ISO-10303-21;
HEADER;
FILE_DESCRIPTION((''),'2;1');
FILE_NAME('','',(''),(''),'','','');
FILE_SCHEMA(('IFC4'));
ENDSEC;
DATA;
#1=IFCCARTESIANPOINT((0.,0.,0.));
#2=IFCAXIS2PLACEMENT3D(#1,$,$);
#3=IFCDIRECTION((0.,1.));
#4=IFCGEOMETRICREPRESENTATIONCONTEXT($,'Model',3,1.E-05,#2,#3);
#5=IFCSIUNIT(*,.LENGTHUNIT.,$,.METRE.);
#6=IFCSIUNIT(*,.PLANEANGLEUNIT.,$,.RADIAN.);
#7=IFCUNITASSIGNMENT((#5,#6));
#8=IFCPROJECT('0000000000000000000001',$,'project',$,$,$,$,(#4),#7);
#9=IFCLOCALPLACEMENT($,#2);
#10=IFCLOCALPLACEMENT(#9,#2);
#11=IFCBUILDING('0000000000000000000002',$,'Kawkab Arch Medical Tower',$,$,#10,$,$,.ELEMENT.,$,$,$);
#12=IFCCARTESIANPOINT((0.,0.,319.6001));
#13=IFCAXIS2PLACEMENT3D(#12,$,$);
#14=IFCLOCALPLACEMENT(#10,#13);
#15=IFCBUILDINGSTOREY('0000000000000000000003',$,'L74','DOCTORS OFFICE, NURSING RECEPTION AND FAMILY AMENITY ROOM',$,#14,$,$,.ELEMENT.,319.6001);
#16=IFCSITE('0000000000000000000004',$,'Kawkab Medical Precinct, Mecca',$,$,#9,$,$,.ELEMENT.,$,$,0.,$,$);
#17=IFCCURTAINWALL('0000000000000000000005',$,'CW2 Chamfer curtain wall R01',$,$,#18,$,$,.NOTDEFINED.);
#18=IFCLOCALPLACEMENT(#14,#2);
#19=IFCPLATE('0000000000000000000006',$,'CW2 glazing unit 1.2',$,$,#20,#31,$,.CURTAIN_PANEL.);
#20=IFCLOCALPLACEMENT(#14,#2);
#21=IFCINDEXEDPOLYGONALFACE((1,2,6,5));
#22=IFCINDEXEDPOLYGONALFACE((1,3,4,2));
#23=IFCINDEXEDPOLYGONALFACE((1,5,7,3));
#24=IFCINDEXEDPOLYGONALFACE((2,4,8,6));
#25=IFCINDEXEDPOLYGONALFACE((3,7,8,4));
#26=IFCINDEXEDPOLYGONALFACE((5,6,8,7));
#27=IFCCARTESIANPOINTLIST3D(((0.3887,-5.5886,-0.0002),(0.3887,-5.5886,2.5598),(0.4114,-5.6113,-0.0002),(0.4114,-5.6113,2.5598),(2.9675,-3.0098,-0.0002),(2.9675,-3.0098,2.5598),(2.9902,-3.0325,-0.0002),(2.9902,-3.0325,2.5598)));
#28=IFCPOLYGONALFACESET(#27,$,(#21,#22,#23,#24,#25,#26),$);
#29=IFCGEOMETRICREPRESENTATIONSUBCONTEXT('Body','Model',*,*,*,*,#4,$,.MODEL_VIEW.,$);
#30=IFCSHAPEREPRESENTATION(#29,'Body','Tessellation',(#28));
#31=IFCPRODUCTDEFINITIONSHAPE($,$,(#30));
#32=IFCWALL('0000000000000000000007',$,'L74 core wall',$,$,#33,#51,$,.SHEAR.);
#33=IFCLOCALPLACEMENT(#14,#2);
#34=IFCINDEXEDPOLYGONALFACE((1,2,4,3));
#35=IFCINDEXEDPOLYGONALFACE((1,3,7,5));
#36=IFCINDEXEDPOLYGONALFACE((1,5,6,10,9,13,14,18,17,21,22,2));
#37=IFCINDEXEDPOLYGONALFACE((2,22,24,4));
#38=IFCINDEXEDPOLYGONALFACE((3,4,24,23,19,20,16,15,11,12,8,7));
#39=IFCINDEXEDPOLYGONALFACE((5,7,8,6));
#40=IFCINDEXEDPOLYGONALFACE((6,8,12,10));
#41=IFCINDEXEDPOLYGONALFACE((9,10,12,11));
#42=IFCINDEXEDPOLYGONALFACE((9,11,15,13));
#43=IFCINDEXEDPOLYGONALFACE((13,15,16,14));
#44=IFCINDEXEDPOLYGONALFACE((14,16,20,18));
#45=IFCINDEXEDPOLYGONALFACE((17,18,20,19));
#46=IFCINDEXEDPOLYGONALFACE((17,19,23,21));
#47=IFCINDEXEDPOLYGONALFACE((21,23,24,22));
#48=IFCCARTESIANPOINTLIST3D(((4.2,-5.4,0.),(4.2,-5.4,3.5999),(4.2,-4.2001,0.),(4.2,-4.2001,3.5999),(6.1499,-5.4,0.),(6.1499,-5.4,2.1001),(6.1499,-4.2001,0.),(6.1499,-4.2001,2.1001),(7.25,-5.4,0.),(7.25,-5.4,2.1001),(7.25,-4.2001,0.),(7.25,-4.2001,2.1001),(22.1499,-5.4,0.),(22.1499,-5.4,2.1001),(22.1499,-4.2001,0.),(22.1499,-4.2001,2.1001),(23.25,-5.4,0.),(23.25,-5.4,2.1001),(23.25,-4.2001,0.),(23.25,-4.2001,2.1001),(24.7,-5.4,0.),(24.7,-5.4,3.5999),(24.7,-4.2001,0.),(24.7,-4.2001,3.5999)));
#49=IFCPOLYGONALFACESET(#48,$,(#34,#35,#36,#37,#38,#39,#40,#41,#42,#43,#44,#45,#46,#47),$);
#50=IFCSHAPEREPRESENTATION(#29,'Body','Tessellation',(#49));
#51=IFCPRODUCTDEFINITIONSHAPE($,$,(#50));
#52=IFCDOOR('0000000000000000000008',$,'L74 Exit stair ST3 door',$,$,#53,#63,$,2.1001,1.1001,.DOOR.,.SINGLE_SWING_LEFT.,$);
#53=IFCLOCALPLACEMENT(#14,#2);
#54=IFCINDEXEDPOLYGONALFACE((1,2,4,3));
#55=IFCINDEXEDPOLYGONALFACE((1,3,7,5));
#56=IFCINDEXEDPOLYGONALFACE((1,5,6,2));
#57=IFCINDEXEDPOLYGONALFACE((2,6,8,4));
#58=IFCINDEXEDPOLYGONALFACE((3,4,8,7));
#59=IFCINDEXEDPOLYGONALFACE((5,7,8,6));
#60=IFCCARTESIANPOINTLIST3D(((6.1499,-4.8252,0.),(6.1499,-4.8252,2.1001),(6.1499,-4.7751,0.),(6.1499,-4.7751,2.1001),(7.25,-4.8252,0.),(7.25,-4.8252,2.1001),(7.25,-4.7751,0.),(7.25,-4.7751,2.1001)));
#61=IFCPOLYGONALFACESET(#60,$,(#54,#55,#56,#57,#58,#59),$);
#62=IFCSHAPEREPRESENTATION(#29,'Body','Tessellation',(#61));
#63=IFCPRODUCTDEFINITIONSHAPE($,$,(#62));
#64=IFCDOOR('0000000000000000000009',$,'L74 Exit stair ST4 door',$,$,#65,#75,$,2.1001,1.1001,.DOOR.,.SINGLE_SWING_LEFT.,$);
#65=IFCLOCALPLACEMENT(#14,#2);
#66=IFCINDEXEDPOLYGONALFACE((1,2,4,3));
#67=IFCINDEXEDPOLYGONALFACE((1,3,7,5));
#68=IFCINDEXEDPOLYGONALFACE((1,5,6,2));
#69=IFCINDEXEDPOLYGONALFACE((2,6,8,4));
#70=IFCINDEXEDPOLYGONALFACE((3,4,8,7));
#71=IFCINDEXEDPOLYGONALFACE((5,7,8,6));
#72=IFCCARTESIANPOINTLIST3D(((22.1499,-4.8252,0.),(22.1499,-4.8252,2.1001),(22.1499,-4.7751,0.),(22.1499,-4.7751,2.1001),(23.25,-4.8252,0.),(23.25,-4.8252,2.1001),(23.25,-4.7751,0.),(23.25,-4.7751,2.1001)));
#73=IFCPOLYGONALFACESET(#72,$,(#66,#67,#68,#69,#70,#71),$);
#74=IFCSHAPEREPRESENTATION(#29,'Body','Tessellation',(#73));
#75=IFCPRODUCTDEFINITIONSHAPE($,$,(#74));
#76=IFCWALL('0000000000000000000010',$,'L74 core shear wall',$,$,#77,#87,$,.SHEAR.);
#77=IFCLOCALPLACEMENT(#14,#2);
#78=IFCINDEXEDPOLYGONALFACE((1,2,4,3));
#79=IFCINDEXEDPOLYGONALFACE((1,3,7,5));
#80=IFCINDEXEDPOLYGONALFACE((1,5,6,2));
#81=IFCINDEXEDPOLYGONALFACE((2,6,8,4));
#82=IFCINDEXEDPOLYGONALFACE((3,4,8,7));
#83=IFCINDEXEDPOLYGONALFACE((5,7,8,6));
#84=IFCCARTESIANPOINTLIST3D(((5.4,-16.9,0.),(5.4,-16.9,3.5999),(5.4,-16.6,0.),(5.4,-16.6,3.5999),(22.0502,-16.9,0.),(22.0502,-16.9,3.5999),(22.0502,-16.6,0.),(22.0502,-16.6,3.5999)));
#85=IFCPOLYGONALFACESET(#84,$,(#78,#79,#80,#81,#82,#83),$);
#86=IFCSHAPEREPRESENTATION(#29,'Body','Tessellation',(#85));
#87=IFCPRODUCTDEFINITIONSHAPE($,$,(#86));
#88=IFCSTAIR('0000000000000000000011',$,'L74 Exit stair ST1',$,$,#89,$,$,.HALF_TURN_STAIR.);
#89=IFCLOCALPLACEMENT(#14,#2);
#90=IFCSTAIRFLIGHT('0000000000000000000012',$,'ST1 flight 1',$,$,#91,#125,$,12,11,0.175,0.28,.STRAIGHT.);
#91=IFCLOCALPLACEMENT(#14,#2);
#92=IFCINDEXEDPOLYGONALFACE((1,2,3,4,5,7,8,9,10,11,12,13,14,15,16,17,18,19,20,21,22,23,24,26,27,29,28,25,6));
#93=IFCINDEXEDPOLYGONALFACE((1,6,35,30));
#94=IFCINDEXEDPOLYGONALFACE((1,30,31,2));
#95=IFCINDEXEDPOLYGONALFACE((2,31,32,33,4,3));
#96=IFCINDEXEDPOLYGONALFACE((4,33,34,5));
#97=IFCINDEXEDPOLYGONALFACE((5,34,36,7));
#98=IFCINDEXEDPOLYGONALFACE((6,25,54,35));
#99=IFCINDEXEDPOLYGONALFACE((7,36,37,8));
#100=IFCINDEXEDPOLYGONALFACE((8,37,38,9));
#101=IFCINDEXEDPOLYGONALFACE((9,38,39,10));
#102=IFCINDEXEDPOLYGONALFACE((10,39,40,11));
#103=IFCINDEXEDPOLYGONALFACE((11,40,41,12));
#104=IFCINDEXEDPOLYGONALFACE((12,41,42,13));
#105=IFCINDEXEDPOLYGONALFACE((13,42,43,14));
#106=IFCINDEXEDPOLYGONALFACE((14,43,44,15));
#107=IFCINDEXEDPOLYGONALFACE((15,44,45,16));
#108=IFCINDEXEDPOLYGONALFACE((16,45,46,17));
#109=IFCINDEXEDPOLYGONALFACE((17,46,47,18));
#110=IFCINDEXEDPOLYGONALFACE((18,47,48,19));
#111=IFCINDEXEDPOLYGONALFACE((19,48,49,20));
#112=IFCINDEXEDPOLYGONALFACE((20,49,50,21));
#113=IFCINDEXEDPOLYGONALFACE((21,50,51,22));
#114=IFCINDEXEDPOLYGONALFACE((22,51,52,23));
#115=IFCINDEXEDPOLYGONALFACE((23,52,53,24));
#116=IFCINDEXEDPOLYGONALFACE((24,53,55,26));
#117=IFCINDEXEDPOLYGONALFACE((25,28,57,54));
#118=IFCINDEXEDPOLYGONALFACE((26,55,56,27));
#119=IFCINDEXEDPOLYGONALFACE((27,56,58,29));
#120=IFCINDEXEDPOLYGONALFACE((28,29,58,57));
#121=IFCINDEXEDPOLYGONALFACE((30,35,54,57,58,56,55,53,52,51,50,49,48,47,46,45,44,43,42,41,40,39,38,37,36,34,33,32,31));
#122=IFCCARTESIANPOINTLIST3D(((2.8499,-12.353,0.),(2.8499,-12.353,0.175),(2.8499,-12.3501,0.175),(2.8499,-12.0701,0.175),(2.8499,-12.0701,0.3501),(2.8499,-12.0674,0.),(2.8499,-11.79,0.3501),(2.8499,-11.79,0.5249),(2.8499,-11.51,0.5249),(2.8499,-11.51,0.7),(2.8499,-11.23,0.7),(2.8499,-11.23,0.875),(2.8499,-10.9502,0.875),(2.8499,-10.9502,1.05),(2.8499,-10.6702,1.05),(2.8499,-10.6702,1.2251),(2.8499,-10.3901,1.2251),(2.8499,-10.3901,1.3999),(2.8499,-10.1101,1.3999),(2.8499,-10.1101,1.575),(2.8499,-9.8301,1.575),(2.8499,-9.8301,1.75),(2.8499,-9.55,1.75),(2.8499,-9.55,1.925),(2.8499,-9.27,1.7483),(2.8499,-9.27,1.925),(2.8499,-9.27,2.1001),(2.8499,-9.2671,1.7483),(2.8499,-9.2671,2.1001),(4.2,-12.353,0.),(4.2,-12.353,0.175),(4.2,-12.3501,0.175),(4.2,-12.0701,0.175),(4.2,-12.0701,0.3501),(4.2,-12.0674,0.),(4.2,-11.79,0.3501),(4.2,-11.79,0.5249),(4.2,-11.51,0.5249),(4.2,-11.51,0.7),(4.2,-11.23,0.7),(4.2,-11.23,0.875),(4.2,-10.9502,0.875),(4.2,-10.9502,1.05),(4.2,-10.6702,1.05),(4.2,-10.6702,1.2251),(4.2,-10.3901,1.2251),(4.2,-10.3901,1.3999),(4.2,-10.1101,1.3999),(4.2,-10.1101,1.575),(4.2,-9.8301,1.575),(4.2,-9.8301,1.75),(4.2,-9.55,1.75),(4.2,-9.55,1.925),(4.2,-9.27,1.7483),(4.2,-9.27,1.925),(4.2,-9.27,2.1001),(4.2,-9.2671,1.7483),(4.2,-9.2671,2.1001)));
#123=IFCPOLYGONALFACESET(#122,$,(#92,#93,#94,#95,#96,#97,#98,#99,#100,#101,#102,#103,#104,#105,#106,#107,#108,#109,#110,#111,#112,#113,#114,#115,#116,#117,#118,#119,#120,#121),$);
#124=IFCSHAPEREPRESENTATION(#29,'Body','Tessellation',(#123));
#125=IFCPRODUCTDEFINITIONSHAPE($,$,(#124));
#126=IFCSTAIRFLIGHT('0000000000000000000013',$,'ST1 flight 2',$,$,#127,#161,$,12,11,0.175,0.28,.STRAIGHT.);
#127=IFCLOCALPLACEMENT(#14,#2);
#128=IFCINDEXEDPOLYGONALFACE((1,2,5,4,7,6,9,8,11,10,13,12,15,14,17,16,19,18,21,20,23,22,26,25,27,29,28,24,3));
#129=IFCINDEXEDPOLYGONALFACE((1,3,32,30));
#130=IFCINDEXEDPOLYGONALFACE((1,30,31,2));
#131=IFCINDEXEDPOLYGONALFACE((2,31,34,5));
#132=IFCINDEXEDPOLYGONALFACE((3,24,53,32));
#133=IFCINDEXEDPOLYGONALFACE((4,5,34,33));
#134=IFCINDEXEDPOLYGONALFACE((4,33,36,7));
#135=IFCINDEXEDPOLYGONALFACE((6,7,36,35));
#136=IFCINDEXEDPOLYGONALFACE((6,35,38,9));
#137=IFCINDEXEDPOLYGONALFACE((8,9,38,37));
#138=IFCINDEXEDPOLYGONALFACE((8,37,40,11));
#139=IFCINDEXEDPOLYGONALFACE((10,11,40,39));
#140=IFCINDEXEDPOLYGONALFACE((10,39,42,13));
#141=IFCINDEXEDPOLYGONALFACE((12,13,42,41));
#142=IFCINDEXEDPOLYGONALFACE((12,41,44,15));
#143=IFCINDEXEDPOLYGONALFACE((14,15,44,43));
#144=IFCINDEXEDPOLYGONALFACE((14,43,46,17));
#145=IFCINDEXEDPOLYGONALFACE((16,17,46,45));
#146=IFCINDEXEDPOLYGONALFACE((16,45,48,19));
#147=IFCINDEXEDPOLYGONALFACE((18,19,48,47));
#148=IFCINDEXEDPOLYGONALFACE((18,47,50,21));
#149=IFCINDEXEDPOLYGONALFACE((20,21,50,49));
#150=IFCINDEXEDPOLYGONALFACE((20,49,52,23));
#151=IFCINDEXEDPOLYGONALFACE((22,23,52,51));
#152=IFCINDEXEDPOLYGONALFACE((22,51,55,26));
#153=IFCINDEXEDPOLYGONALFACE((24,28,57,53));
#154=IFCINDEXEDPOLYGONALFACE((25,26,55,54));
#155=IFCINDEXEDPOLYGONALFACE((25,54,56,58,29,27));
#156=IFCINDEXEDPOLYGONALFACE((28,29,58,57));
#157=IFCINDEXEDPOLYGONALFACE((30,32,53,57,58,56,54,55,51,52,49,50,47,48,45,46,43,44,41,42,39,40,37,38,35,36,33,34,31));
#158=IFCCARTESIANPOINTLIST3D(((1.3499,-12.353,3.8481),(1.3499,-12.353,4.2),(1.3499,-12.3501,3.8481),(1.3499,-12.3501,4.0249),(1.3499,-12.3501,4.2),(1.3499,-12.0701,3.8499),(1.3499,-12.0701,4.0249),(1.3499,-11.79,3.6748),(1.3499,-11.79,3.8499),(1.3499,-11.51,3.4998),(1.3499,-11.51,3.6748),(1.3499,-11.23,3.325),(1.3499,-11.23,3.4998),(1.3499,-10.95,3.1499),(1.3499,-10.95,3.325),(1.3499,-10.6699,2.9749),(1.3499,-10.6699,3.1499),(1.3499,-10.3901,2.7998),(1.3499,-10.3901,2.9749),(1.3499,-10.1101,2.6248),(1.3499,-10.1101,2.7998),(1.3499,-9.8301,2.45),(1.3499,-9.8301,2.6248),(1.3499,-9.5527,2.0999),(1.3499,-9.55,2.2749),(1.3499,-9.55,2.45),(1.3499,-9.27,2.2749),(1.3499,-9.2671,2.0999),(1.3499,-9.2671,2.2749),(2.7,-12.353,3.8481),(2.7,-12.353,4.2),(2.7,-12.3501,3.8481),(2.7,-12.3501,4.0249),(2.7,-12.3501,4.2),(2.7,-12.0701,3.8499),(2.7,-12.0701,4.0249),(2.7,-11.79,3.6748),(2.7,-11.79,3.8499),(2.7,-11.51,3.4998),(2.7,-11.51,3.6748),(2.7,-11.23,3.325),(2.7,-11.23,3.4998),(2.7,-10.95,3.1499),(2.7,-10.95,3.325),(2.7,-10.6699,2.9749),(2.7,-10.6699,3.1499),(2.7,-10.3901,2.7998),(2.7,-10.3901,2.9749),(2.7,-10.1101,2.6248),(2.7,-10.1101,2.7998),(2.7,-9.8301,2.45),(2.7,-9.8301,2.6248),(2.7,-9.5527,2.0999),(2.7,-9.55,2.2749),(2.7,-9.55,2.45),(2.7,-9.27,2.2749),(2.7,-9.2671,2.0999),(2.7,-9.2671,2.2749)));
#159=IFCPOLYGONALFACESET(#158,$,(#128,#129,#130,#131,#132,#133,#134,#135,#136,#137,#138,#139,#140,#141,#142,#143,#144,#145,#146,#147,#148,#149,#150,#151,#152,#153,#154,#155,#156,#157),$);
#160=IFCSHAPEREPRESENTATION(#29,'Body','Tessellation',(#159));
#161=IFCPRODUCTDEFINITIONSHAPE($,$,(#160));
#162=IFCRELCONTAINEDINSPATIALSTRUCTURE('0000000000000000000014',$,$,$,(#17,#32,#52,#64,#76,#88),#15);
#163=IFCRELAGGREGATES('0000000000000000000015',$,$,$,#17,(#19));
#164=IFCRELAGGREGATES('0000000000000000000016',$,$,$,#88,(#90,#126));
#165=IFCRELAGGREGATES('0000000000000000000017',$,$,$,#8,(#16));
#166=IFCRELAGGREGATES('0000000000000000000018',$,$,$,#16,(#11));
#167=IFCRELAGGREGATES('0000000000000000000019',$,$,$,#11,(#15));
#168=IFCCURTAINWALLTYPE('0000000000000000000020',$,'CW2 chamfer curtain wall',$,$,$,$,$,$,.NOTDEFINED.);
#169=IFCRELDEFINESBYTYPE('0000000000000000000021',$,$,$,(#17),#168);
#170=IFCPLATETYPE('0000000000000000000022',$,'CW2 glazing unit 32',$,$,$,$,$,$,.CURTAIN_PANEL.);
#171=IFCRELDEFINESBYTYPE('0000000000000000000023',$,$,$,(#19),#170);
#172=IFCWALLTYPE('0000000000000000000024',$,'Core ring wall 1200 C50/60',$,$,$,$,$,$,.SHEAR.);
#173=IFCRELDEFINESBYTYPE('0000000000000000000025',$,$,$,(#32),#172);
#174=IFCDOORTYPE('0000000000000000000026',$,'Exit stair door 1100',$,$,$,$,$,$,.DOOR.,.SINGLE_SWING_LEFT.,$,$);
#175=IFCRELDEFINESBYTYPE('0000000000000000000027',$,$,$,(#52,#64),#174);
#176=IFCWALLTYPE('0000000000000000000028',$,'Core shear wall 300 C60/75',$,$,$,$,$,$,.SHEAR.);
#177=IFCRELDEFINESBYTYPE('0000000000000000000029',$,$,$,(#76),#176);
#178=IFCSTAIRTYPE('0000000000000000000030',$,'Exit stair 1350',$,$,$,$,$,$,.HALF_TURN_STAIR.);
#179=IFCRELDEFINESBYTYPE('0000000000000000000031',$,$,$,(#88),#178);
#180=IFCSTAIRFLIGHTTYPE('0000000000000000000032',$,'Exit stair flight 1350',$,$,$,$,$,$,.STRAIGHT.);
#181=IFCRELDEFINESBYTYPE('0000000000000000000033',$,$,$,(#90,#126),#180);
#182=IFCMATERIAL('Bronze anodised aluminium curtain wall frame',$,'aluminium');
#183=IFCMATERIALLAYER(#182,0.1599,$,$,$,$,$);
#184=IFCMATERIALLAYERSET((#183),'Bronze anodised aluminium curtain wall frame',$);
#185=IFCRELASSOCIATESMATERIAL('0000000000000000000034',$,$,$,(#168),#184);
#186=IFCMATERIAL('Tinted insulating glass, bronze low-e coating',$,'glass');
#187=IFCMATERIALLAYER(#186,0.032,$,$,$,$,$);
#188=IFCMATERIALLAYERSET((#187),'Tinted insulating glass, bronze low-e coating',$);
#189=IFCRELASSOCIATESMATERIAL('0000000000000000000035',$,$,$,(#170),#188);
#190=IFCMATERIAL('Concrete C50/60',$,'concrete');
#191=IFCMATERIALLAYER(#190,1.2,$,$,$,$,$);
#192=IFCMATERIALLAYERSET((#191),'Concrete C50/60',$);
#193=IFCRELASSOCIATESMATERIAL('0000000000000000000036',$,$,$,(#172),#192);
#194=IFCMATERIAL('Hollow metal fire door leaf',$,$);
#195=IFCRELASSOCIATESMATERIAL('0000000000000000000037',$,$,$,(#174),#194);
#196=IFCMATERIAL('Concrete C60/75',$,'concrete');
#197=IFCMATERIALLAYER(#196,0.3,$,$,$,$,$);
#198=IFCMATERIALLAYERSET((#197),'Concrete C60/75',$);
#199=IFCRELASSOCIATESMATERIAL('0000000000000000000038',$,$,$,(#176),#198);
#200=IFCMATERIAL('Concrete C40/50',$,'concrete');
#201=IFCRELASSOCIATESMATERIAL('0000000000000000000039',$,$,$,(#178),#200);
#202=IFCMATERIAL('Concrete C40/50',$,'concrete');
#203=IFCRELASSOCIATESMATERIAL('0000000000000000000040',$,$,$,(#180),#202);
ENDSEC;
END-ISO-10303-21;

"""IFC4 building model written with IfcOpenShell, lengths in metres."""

from ifc_helpers import new_model, si_unit, direction, frame, frame_2d, origin, origin_2d, place, context, subcontext, project, spatial, polyline, rectangle, outline, extrude, material, layer, layer_set, type_object, element, fill, aggregate, save


model = new_model("IFC4")

# Units and contexts
model_context = context("Model", 3, precision=1e-05, world=origin(), true_north=direction((0.0, 1.0)))
body_context = subcontext(model_context, "Body", "Model", "MODEL_VIEW")
ifc_project = project(units=[si_unit("LENGTHUNIT", "METRE"), si_unit("PLANEANGLEUNIT", "RADIAN")], contexts=[model_context])

# Site, building, storey
site_placement = place(None, origin())
site = spatial("IfcSite", under=ifc_project, at=site_placement, Name="Kawkab Medical Precinct, Mecca", CompositionType="ELEMENT", RefElevation=0.0)
building_placement = place(site_placement, origin())
building = spatial("IfcBuilding", under=site, at=building_placement, Name="Kawkab Arch Medical Tower", CompositionType="ELEMENT")
storey_placement = place(building_placement, frame((0.0, 0.0, 319.6001)))
storey = spatial("IfcBuildingStorey", under=building, at=storey_placement, Name="L74", Description="DOCTORS OFFICE, NURSING RECEPTION AND FAMILY AMENITY ROOM", CompositionType="ELEMENT", Elevation=319.6001)

# Curtain wall, plate
ifc_material_1 = material(Name="Bronze anodised aluminium curtain wall frame", Category="aluminium")
ifc_layer_1 = layer(ifc_material_1, 0.1599)
ifc_layer_set_1 = layer_set([ifc_layer_1], Name="Bronze anodised aluminium curtain wall frame")
curtain_wall_type = type_object("IfcCurtainWallType", Name="CW2 chamfer curtain wall", PredefinedType="NOTDEFINED", material=ifc_layer_set_1)
placement = place(storey_placement, origin())
curtain_wall = element("IfcCurtainWall", 1, at=placement, inside=storey, type_object=curtain_wall_type, Name="CW2 Chamfer curtain wall R01", PredefinedType="NOTDEFINED")
ifc_material_2 = material(Name="Tinted insulating glass, bronze low-e coating", Category="glass")
ifc_layer_2 = layer(ifc_material_2, 0.032)
ifc_layer_set_2 = layer_set([ifc_layer_2], Name="Tinted insulating glass, bronze low-e coating")
plate_type = type_object("IfcPlateType", Name="CW2 glazing unit 32", PredefinedType="CURTAIN_PANEL", material=ifc_layer_set_2)
plate_placement = place(storey_placement, frame((1.6895, -4.3105, -0.0002), z_axis=(0.0, 0.0, 1.0), x_axis=(-0.707107, -0.707107, 0.0)))
plate = element("IfcPlate", 2, at=plate_placement, type_object=plate_type, Name="CW2 glazing unit 1.2", PredefinedType="CURTAIN_PANEL", context=body_context, shape_type="SweptSolid", body=[
    extrude(rectangle(XDim=3.647, YDim=0.032, at=origin_2d()), origin(), (0.0, 0.0, 1.0), 2.5601),
])
aggregate(curtain_wall, [plate])

# Wall, openings, doors
ifc_material_3 = material(Name="Concrete C50/60", Category="concrete")
ifc_layer_3 = layer(ifc_material_3, 1.2)
ifc_layer_set_3 = layer_set([ifc_layer_3], Name="Concrete C50/60")
wall_type_1 = type_object("IfcWallType", Name="Core ring wall 1200 C50/60", PredefinedType="SHEAR", material=ifc_layer_set_3)
wall_1_placement = place(storey_placement, frame((4.2, -4.8, 0.0), z_axis=(0.0, 0.0, 1.0), x_axis=(1.0, 0.0, 0.0)))
wall_1 = element("IfcWall", 3, at=wall_1_placement, inside=storey, type_object=wall_type_1, Name="L74 core wall", PredefinedType="SHEAR", context=body_context, shape_type="SweptSolid", body=[
    extrude(rectangle(XDim=20.5, YDim=1.2, at=frame_2d((10.25, 0.0))), origin(), (0.0, 0.0, 1.0), 3.5999),
])
opening_1_placement = place(wall_1_placement, frame((1.95, 0.0, 0.0)))
opening_1 = element("IfcOpeningElement", 4, at=opening_1_placement, cuts=wall_1, PredefinedType="OPENING", context=body_context, shape_type="SweptSolid", body=[
    extrude(rectangle(XDim=1.1001, YDim=2.1001, at=frame_2d((0.55, 1.05))), frame((0.0, 0.6099, 0.0), z_axis=(0.0, -1.0, 0.0), x_axis=(1.0, 0.0, 0.0)), (0.0, 0.0, 1.0), 1.22),
])
opening_2_placement = place(wall_1_placement, frame((17.95, 0.0, 0.0)))
opening_2 = element("IfcOpeningElement", 5, at=opening_2_placement, cuts=wall_1, PredefinedType="OPENING", context=body_context, shape_type="SweptSolid", body=[
    extrude(rectangle(XDim=1.1001, YDim=2.1001, at=frame_2d((0.55, 1.05))), frame((0.0, 0.6099, 0.0), z_axis=(0.0, -1.0, 0.0), x_axis=(1.0, 0.0, 0.0)), (0.0, 0.0, 1.0), 1.22),
])
ifc_material_4 = material(Name="Hollow metal fire door leaf")
door_type = type_object("IfcDoorType", Name="Exit stair door 1100", OperationType="SINGLE_SWING_LEFT", PredefinedType="DOOR", material=ifc_material_4)
door_1_placement = place(opening_1_placement, origin())
door_1 = element("IfcDoor", 6, at=door_1_placement, inside=storey, type_object=door_type, Name="L74 Exit stair ST3 door", OperationType="SINGLE_SWING_LEFT", OverallHeight=2.1001, OverallWidth=1.1001, PredefinedType="DOOR", context=body_context, shape_type="SweptSolid", body=[
    extrude(rectangle(XDim=1.1001, YDim=2.1001, at=frame_2d((0.55, 1.05))), frame((0.0, 0.0249, 0.0), z_axis=(0.0, -1.0, 0.0), x_axis=(1.0, 0.0, 0.0)), (0.0, 0.0, 1.0), 0.05),
])
fill(opening_1, door_1)
door_2_placement = place(opening_2_placement, origin())
door_2 = element("IfcDoor", 7, at=door_2_placement, inside=storey, type_object=door_type, Name="L74 Exit stair ST4 door", OperationType="SINGLE_SWING_LEFT", OverallHeight=2.1001, OverallWidth=1.1001, PredefinedType="DOOR", context=body_context, shape_type="SweptSolid", body=[
    extrude(rectangle(XDim=1.1001, YDim=2.1001, at=frame_2d((0.55, 1.05))), frame((0.0, 0.0249, 0.0), z_axis=(0.0, -1.0, 0.0), x_axis=(1.0, 0.0, 0.0)), (0.0, 0.0, 1.0), 0.05),
])
fill(opening_2, door_2)

# Wall
ifc_material_5 = material(Name="Concrete C60/75", Category="concrete")
ifc_layer_4 = layer(ifc_material_5, 0.3)
ifc_layer_set_4 = layer_set([ifc_layer_4], Name="Concrete C60/75")
wall_type_2 = type_object("IfcWallType", Name="Core shear wall 300 C60/75", PredefinedType="SHEAR", material=ifc_layer_set_4)
wall_2_placement = place(storey_placement, frame((5.3999, -16.75, 0.0), z_axis=(0.0, 0.0, 1.0), x_axis=(1.0, 0.0, 0.0)))
element("IfcWall", 8, at=wall_2_placement, inside=storey, type_object=wall_type_2, Name="L74 core shear wall", PredefinedType="SHEAR", context=body_context, shape_type="SweptSolid", body=[
    extrude(rectangle(XDim=16.6501, YDim=0.3, at=frame_2d((8.3252, 0.0))), origin(), (0.0, 0.0, 1.0), 3.5999),
])

# Stair, stair flights
ifc_material_6 = material(Name="Concrete C40/50", Category="concrete")
stair_type = type_object("IfcStairType", Name="Exit stair 1350", PredefinedType="HALF_TURN_STAIR", material=ifc_material_6)
stair = element("IfcStair", 9, at=placement, inside=storey, type_object=stair_type, Name="L74 Exit stair ST1", PredefinedType="HALF_TURN_STAIR")
ifc_material_7 = material(Name="Concrete C40/50", Category="concrete")
stair_flight_type = type_object("IfcStairFlightType", Name="Exit stair flight 1350", PredefinedType="STRAIGHT", material=ifc_material_7)
stair_flight_1_placement = place(storey_placement, frame((3.5249, -12.3501, 0.0), z_axis=(0.0, 0.0, 1.0), x_axis=(0.0, 1.0, 0.0)))
stair_flight_1 = element("IfcStairFlight", 10, at=stair_flight_1_placement, type_object=stair_flight_type, Name="ST1 flight 1", NumberOfRisers=12, NumberOfTreads=11, PredefinedType="STRAIGHT", RiserHeight=0.175, TreadLength=0.28, context=body_context, shape_type="SweptSolid", body=[
    extrude(outline(polyline([(-0.0029, 0.0), (-0.0029, 0.175), (0.0, 0.175), (0.28, 0.175), (0.28, 0.3501), (0.5601, 0.3501), (0.5601, 0.5249), (0.8401, 0.5249), (0.8401, 0.7), (1.1201, 0.7), (1.1201, 0.875), (1.3999, 0.875), (1.3999, 1.05), (1.6799, 1.05), (1.6799, 1.2251), (1.96, 1.2251), (1.96, 1.3999), (2.24, 1.3999), (2.24, 1.575), (2.52, 1.575), (2.52, 1.75), (2.8, 1.75), (2.8, 1.925), (3.0801, 1.925), (3.0801, 2.1001), (3.083, 2.1001), (3.083, 1.7483), (3.0801, 1.7483), (0.2827, 0.0), (-0.0029, 0.0)])), frame((0.0, 0.675, 0.0), z_axis=(0.0, -1.0, 0.0), x_axis=(1.0, 0.0, 0.0)), (0.0, 0.0, 1.0), 1.3501),
])
stair_flight_2_placement = place(storey_placement, frame((2.0249, -9.27, 2.0999), z_axis=(0.0, 0.0, 1.0), x_axis=(0.0, -1.0, 0.0)))
stair_flight_2 = element("IfcStairFlight", 11, at=stair_flight_2_placement, type_object=stair_flight_type, Name="ST1 flight 2", NumberOfRisers=12, NumberOfTreads=11, PredefinedType="STRAIGHT", RiserHeight=0.175, TreadLength=0.28, context=body_context, shape_type="SweptSolid", body=[
    extrude(outline(polyline([(-0.0029, 0.0), (-0.0029, 0.175), (0.0, 0.175), (0.28, 0.175), (0.28, 0.3501), (0.5601, 0.3501), (0.5601, 0.5249), (0.8401, 0.5249), (0.8401, 0.7), (1.1201, 0.7), (1.1201, 0.875), (1.3999, 0.875), (1.3999, 1.05), (1.6799, 1.05), (1.6799, 1.2251), (1.96, 1.2251), (1.96, 1.3999), (2.24, 1.3999), (2.24, 1.575), (2.52, 1.575), (2.52, 1.75), (2.8, 1.75), (2.8, 1.925), (3.0801, 1.925), (3.0801, 2.1001), (3.083, 2.1001), (3.083, 1.7483), (3.0801, 1.7483), (0.2827, 0.0), (-0.0029, 0.0)])), frame((0.0, 0.675, 0.0), z_axis=(0.0, -1.0, 0.0), x_axis=(1.0, 0.0, 0.0)), (0.0, 0.0, 1.0), 1.3501),
])
aggregate(stair, [stair_flight_1, stair_flight_2])

save(model, "model.ifc")
